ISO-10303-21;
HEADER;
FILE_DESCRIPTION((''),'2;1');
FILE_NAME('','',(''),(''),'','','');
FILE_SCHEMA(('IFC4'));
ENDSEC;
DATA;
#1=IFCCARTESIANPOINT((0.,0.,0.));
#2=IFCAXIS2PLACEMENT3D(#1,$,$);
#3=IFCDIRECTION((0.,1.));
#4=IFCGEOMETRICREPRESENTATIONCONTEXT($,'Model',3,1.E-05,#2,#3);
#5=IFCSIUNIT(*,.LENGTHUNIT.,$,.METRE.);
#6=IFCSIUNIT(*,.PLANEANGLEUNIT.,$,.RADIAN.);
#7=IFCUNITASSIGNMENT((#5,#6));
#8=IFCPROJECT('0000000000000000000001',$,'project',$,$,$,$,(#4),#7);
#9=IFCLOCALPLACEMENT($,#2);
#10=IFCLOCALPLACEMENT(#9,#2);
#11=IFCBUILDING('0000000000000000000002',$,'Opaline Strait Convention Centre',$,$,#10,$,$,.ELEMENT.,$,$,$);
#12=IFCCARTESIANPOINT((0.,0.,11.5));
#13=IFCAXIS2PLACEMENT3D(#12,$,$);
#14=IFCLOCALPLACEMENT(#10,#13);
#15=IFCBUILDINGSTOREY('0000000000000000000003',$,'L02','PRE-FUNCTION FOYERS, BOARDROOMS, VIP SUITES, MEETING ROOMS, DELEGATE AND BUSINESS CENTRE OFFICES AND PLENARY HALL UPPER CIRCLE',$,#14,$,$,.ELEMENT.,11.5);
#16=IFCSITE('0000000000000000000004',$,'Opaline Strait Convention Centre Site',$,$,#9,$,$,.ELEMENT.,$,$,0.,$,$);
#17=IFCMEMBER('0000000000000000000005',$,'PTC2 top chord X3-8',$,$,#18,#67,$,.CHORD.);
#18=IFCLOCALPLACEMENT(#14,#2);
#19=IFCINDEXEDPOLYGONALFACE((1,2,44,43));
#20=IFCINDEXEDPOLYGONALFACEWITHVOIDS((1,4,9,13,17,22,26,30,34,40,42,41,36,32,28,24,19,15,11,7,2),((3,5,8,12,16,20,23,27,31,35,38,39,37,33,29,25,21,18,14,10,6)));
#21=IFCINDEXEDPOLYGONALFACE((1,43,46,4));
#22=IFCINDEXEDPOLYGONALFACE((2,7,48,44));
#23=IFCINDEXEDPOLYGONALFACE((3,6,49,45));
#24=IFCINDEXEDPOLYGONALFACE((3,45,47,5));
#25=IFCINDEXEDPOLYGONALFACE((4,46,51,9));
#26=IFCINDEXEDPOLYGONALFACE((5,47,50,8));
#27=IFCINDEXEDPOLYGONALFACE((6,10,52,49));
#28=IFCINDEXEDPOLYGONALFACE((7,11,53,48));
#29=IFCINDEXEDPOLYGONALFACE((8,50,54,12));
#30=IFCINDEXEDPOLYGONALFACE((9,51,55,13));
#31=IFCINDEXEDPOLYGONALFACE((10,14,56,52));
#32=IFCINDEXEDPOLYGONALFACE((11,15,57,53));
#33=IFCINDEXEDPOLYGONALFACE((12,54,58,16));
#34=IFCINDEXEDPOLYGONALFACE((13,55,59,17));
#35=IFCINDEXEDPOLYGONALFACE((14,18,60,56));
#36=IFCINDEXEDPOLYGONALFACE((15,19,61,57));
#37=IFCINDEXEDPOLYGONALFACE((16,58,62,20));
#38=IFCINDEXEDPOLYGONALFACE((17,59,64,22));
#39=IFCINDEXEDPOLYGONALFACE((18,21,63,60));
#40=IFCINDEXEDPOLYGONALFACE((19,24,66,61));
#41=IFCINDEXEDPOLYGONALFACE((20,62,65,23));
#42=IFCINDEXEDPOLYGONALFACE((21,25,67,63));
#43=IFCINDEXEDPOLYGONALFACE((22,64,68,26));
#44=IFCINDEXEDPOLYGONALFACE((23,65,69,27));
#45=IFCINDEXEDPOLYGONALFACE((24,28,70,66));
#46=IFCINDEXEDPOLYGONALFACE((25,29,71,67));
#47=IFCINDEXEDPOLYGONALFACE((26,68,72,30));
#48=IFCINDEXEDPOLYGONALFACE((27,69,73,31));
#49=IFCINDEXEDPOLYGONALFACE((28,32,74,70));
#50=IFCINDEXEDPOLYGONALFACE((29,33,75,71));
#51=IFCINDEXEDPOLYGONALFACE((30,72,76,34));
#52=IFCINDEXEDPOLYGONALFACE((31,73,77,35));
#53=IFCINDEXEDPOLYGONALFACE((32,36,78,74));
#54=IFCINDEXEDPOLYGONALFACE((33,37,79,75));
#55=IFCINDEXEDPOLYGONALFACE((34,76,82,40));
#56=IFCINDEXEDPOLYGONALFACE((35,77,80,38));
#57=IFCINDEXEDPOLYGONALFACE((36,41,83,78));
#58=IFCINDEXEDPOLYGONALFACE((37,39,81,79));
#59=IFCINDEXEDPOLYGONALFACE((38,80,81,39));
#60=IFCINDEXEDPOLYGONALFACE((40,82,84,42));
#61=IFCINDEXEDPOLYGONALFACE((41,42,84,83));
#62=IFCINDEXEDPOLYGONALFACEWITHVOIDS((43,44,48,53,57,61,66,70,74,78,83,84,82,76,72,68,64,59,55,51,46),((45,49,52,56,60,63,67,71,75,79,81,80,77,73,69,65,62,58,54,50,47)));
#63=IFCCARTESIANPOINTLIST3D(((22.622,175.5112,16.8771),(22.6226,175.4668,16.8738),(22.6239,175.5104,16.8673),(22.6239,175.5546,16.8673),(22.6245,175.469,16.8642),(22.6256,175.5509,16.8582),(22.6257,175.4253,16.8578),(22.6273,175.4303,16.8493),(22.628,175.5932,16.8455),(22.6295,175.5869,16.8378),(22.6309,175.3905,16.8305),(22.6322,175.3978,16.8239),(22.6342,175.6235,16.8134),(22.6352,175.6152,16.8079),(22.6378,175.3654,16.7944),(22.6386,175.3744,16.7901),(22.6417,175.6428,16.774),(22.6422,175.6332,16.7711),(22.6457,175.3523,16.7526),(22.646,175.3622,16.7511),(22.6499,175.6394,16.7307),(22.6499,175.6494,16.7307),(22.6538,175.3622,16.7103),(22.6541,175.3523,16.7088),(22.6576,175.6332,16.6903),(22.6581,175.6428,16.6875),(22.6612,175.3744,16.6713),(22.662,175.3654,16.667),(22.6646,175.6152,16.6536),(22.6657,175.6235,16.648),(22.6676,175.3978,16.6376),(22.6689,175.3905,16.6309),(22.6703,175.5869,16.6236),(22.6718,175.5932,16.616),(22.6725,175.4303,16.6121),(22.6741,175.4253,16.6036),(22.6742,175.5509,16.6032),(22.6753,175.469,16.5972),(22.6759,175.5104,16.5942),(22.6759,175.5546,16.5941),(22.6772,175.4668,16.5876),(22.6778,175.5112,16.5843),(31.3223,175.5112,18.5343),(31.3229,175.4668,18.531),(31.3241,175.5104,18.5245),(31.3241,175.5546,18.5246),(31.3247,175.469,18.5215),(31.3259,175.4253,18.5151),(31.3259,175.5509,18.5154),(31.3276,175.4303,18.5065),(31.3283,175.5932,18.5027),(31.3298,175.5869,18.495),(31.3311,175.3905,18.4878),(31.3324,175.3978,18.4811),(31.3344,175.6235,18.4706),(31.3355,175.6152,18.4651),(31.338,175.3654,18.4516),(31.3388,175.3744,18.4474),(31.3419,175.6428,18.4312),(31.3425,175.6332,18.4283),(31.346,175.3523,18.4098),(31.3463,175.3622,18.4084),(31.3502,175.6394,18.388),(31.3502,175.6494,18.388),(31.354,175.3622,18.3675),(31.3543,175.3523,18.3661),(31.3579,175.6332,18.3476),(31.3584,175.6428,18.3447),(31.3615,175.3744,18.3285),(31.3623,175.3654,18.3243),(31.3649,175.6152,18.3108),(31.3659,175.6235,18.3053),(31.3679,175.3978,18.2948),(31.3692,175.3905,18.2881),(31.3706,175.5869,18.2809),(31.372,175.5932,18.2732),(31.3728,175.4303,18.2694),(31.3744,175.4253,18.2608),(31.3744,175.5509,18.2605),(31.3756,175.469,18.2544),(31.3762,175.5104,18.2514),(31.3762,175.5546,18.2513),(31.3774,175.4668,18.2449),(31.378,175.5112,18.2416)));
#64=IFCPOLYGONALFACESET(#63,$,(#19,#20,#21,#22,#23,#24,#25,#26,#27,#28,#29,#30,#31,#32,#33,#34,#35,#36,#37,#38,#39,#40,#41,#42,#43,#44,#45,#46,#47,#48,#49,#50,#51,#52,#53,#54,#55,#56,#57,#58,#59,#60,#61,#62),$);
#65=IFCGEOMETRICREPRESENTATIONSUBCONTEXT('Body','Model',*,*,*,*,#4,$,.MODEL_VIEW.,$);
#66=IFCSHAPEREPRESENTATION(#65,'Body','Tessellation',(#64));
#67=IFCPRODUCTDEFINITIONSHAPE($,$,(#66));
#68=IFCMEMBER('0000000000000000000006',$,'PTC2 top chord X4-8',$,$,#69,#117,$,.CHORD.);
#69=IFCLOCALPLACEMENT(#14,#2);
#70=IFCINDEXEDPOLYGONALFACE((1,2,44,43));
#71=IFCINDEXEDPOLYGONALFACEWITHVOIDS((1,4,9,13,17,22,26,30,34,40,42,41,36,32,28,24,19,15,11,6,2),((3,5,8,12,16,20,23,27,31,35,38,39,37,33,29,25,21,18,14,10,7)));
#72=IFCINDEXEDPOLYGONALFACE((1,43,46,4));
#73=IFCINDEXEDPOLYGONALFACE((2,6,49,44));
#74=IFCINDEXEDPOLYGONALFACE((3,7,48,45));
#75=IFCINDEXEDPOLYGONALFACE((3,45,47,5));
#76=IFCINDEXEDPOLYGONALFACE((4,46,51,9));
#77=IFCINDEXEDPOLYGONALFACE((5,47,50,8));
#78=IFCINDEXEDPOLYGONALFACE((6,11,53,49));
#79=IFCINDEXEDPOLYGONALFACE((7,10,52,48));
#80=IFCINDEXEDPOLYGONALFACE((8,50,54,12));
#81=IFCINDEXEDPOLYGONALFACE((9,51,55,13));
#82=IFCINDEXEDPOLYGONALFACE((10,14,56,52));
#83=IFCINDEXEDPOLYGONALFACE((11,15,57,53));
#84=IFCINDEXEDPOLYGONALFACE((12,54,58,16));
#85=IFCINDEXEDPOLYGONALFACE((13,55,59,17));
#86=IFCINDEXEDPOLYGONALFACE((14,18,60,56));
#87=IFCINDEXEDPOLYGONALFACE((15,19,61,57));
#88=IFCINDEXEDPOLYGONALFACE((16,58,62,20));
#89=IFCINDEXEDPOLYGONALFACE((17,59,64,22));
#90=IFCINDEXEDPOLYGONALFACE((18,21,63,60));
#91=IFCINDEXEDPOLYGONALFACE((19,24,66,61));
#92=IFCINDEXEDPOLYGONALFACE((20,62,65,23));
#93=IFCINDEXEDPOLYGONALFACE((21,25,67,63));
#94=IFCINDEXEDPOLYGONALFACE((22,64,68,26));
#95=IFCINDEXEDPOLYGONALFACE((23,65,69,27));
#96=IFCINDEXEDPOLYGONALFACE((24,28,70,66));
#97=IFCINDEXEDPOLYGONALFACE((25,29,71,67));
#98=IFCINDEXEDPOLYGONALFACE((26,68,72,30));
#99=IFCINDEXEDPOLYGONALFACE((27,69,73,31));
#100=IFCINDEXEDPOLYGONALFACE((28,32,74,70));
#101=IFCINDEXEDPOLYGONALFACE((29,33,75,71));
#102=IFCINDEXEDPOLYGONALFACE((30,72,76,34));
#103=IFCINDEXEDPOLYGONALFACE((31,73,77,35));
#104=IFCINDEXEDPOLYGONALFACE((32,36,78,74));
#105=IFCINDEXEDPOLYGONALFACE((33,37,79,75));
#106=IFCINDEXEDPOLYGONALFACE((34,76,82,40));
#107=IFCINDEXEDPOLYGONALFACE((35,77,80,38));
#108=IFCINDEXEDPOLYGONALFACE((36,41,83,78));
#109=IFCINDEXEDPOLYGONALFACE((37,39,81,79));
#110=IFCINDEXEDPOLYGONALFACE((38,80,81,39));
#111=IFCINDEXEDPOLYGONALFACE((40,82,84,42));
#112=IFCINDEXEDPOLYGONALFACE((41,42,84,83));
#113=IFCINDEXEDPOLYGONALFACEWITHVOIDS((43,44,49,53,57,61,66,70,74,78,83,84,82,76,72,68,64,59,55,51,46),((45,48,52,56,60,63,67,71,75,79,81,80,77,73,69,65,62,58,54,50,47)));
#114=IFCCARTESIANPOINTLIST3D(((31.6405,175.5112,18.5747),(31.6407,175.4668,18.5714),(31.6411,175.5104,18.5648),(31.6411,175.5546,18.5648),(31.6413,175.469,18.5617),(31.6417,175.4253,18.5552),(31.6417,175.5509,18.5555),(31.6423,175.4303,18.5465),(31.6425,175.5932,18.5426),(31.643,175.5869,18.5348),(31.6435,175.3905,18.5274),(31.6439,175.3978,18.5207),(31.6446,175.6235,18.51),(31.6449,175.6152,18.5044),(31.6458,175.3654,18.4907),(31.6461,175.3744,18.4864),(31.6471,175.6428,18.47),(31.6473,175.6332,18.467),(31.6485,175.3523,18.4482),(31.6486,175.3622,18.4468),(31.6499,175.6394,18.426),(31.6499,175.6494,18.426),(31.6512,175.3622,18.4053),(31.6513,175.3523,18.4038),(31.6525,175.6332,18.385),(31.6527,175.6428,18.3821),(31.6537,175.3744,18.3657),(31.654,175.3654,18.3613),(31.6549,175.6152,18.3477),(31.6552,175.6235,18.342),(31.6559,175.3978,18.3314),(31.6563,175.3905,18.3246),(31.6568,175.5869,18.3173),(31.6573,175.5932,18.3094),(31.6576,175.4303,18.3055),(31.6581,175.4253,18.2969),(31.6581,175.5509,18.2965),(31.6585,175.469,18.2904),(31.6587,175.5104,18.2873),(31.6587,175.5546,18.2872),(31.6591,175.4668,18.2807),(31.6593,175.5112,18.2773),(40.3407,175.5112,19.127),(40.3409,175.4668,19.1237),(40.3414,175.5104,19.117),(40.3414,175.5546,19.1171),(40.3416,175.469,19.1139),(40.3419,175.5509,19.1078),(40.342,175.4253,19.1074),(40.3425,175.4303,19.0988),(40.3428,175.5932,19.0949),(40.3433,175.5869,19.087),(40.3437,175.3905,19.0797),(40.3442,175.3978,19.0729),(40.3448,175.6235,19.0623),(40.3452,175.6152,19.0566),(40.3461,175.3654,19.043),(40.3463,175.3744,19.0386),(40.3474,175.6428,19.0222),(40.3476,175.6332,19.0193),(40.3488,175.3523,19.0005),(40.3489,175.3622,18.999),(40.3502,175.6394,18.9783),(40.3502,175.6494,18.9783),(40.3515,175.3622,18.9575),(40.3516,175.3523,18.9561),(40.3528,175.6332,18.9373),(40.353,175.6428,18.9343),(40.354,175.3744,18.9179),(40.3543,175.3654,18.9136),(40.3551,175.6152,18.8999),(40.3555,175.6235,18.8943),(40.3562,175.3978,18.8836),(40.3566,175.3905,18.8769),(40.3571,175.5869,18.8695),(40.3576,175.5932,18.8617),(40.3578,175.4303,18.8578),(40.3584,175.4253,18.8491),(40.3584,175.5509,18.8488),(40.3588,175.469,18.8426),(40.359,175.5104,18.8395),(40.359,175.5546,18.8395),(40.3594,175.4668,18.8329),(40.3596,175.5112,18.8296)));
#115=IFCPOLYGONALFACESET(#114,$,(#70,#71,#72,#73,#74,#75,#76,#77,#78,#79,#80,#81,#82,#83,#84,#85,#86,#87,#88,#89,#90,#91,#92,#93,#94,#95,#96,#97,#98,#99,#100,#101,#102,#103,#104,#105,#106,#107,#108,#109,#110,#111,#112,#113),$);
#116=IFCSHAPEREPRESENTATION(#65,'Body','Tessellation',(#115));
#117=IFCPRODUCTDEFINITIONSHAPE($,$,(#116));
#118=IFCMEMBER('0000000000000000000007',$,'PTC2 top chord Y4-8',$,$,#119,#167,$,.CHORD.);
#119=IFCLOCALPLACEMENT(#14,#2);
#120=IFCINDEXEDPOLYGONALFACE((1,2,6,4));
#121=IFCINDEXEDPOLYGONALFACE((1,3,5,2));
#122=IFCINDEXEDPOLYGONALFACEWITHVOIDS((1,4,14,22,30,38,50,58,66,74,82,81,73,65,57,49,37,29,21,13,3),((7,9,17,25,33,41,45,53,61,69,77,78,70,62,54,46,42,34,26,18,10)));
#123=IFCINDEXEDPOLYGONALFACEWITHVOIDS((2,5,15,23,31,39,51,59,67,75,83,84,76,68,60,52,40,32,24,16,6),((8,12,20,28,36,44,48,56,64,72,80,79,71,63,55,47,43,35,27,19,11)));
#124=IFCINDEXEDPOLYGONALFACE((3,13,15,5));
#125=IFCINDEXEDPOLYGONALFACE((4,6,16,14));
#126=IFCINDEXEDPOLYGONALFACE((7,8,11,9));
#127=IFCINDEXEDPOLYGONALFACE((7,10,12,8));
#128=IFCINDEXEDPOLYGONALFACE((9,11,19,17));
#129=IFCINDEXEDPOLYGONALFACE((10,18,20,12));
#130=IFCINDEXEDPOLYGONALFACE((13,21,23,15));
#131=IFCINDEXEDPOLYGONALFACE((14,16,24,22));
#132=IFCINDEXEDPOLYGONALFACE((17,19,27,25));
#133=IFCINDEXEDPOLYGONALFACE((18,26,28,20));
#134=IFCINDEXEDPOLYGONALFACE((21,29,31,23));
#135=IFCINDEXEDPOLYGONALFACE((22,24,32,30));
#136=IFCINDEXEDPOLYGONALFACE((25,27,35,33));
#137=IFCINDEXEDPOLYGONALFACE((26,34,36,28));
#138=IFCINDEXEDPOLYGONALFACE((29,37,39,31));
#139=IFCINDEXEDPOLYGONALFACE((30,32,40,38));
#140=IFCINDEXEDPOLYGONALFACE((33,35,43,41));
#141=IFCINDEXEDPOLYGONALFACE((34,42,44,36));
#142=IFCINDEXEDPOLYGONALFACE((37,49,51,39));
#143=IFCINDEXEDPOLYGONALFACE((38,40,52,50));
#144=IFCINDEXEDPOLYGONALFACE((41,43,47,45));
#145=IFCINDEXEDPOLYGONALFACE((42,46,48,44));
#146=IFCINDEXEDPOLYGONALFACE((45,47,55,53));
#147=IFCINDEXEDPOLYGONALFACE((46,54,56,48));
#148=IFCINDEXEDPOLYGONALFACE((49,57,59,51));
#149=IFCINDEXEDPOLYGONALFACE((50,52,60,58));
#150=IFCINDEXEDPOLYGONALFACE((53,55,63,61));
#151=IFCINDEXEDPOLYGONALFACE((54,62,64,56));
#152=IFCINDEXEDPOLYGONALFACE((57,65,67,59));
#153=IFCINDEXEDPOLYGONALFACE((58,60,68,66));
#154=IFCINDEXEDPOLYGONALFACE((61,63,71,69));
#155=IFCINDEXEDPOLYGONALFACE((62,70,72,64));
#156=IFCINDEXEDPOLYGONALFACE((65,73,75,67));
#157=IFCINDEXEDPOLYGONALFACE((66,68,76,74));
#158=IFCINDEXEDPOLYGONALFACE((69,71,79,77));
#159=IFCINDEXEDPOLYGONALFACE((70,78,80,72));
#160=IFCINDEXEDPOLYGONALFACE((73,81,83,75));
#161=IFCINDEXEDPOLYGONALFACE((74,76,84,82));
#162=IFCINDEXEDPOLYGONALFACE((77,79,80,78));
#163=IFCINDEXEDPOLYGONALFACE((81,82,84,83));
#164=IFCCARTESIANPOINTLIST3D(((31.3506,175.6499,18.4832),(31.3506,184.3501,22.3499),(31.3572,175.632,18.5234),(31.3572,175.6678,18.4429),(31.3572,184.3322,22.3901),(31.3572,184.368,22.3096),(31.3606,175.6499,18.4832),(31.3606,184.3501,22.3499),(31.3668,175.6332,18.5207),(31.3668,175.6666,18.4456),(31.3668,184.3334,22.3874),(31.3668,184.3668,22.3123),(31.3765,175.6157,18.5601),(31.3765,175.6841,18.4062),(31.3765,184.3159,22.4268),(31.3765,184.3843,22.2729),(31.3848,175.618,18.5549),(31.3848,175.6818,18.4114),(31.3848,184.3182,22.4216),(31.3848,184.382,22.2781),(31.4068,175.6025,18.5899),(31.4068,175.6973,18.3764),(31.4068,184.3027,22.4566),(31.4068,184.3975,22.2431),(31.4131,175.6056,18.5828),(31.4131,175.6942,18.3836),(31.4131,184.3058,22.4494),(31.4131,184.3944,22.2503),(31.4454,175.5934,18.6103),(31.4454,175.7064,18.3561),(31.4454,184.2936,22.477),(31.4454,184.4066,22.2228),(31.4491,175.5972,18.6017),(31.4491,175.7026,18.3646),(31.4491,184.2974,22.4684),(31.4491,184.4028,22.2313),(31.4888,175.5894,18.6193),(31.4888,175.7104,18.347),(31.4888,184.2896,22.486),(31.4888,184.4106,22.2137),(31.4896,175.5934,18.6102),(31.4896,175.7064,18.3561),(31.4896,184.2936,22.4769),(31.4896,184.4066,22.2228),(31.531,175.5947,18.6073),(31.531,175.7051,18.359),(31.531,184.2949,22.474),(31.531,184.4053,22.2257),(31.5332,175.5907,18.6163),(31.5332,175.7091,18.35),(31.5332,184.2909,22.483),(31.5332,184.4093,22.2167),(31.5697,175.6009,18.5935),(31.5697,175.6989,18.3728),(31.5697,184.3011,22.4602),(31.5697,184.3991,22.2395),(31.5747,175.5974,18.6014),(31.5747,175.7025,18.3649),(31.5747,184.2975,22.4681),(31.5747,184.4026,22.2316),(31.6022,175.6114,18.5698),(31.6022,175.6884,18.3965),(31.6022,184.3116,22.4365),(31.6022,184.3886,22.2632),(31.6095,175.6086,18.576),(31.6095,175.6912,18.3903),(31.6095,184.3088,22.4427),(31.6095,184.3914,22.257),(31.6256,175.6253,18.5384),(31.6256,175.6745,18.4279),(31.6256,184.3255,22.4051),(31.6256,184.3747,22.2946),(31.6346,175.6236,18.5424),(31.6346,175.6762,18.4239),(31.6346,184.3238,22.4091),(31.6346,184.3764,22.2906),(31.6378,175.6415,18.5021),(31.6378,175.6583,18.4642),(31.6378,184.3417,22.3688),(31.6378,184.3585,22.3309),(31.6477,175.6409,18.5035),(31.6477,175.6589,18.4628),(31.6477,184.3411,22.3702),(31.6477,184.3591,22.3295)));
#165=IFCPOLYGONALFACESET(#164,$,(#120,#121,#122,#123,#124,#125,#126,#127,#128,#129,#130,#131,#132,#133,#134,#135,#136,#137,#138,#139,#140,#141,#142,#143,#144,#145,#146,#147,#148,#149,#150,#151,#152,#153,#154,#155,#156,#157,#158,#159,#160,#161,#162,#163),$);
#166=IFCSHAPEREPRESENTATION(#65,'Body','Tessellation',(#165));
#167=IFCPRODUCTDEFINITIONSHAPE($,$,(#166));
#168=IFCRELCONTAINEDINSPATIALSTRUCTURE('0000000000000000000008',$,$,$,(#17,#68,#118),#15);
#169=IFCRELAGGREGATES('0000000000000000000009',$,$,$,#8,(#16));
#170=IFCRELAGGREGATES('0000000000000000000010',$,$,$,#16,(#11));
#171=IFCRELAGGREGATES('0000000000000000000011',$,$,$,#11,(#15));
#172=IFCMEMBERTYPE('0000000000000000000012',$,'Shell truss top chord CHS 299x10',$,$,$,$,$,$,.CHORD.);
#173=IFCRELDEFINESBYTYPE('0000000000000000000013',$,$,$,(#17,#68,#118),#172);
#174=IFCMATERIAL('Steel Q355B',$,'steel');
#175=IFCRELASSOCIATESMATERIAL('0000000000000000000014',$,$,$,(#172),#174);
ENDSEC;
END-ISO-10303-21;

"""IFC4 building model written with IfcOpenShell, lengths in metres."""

from ifc_helpers import new_model, si_unit, direction, frame, origin, origin_2d, place, context, subcontext, project, spatial, hollow_circle, extrude, material, material_profile, profile_set, type_object, element, save


model = new_model("IFC4")

# Units and contexts
model_context = context("Model", 3, precision=1e-05, world=origin(), true_north=direction((0.0, 1.0)))
body_context = subcontext(model_context, "Body", "Model", "MODEL_VIEW")
ifc_project = project(units=[si_unit("LENGTHUNIT", "METRE"), si_unit("PLANEANGLEUNIT", "RADIAN")], contexts=[model_context])

# Site, building, storey
site_placement = place(None, origin())
site = spatial("IfcSite", under=ifc_project, at=site_placement, Name="Opaline Strait Convention Centre Site", CompositionType="ELEMENT", RefElevation=0.0)
building_placement = place(site_placement, origin())
building = spatial("IfcBuilding", under=site, at=building_placement, Name="Opaline Strait Convention Centre", CompositionType="ELEMENT")
storey_placement = place(building_placement, frame((0.0, 0.0, 11.5)))
storey = spatial("IfcBuildingStorey", under=building, at=storey_placement, Name="L02", Description="PRE-FUNCTION FOYERS, BOARDROOMS, VIP SUITES, MEETING ROOMS, DELEGATE AND BUSINESS CENTRE OFFICES AND PLENARY HALL UPPER CIRCLE", CompositionType="ELEMENT", Elevation=11.5)

# Members
ifc_material_1 = material(Name="Steel Q355B", Category="steel")
ifc_material_profile_1 = material_profile(ifc_material_1, hollow_circle(Radius=0.1494, WallThickness=0.01, at=origin_2d()), Name="CHS 299x10")
ifc_profile_set_1 = profile_set([ifc_material_profile_1], Name="Steel Q355B")
member_type_1 = type_object("IfcMemberType", Name="Shell truss top chord CHS 299x10", PredefinedType="CHORD", material=ifc_profile_set_1)
member_1_placement = place(storey_placement, frame((22.6499, 175.5, 16.7307), z_axis=(0.982338, 0.0, 0.187117), x_axis=(0.0, 1.0, 0.0)))
element("IfcMember", 1, at=member_1_placement, inside=storey, type_object=member_type_1, Name="PTC2 top chord X3-8", PredefinedType="CHORD", context=body_context, shape_type="SweptSolid", body=[
    extrude(hollow_circle(Radius=0.1494, WallThickness=0.01, at=origin_2d()), origin(), (0.0, 0.0, 1.0), 8.8567),
])
member_2_placement = place(storey_placement, frame((31.6499, 175.5, 18.426), z_axis=(0.997992, 0.0, 0.063348), x_axis=(0.0, 1.0, 0.0)))
element("IfcMember", 2, at=member_2_placement, inside=storey, type_object=member_type_1, Name="PTC2 top chord X4-8", PredefinedType="CHORD", context=body_context, shape_type="SweptSolid", body=[
    extrude(hollow_circle(Radius=0.1494, WallThickness=0.01, at=origin_2d()), origin(), (0.0, 0.0, 1.0), 8.7178),
])
member_3_placement = place(storey_placement, frame((31.5, 175.6499, 18.4832), z_axis=(0.0, 0.913814, 0.406134), x_axis=(-1.0, 0.0, 0.0)))
element("IfcMember", 3, at=member_3_placement, inside=storey, type_object=member_type_1, Name="PTC2 top chord Y4-8", PredefinedType="CHORD", context=body_context, shape_type="SweptSolid", body=[
    extrude(hollow_circle(Radius=0.1494, WallThickness=0.01, at=origin_2d()), origin(), (0.0, 0.0, 1.0), 9.5208),
])

save(model, "model.ifc")
